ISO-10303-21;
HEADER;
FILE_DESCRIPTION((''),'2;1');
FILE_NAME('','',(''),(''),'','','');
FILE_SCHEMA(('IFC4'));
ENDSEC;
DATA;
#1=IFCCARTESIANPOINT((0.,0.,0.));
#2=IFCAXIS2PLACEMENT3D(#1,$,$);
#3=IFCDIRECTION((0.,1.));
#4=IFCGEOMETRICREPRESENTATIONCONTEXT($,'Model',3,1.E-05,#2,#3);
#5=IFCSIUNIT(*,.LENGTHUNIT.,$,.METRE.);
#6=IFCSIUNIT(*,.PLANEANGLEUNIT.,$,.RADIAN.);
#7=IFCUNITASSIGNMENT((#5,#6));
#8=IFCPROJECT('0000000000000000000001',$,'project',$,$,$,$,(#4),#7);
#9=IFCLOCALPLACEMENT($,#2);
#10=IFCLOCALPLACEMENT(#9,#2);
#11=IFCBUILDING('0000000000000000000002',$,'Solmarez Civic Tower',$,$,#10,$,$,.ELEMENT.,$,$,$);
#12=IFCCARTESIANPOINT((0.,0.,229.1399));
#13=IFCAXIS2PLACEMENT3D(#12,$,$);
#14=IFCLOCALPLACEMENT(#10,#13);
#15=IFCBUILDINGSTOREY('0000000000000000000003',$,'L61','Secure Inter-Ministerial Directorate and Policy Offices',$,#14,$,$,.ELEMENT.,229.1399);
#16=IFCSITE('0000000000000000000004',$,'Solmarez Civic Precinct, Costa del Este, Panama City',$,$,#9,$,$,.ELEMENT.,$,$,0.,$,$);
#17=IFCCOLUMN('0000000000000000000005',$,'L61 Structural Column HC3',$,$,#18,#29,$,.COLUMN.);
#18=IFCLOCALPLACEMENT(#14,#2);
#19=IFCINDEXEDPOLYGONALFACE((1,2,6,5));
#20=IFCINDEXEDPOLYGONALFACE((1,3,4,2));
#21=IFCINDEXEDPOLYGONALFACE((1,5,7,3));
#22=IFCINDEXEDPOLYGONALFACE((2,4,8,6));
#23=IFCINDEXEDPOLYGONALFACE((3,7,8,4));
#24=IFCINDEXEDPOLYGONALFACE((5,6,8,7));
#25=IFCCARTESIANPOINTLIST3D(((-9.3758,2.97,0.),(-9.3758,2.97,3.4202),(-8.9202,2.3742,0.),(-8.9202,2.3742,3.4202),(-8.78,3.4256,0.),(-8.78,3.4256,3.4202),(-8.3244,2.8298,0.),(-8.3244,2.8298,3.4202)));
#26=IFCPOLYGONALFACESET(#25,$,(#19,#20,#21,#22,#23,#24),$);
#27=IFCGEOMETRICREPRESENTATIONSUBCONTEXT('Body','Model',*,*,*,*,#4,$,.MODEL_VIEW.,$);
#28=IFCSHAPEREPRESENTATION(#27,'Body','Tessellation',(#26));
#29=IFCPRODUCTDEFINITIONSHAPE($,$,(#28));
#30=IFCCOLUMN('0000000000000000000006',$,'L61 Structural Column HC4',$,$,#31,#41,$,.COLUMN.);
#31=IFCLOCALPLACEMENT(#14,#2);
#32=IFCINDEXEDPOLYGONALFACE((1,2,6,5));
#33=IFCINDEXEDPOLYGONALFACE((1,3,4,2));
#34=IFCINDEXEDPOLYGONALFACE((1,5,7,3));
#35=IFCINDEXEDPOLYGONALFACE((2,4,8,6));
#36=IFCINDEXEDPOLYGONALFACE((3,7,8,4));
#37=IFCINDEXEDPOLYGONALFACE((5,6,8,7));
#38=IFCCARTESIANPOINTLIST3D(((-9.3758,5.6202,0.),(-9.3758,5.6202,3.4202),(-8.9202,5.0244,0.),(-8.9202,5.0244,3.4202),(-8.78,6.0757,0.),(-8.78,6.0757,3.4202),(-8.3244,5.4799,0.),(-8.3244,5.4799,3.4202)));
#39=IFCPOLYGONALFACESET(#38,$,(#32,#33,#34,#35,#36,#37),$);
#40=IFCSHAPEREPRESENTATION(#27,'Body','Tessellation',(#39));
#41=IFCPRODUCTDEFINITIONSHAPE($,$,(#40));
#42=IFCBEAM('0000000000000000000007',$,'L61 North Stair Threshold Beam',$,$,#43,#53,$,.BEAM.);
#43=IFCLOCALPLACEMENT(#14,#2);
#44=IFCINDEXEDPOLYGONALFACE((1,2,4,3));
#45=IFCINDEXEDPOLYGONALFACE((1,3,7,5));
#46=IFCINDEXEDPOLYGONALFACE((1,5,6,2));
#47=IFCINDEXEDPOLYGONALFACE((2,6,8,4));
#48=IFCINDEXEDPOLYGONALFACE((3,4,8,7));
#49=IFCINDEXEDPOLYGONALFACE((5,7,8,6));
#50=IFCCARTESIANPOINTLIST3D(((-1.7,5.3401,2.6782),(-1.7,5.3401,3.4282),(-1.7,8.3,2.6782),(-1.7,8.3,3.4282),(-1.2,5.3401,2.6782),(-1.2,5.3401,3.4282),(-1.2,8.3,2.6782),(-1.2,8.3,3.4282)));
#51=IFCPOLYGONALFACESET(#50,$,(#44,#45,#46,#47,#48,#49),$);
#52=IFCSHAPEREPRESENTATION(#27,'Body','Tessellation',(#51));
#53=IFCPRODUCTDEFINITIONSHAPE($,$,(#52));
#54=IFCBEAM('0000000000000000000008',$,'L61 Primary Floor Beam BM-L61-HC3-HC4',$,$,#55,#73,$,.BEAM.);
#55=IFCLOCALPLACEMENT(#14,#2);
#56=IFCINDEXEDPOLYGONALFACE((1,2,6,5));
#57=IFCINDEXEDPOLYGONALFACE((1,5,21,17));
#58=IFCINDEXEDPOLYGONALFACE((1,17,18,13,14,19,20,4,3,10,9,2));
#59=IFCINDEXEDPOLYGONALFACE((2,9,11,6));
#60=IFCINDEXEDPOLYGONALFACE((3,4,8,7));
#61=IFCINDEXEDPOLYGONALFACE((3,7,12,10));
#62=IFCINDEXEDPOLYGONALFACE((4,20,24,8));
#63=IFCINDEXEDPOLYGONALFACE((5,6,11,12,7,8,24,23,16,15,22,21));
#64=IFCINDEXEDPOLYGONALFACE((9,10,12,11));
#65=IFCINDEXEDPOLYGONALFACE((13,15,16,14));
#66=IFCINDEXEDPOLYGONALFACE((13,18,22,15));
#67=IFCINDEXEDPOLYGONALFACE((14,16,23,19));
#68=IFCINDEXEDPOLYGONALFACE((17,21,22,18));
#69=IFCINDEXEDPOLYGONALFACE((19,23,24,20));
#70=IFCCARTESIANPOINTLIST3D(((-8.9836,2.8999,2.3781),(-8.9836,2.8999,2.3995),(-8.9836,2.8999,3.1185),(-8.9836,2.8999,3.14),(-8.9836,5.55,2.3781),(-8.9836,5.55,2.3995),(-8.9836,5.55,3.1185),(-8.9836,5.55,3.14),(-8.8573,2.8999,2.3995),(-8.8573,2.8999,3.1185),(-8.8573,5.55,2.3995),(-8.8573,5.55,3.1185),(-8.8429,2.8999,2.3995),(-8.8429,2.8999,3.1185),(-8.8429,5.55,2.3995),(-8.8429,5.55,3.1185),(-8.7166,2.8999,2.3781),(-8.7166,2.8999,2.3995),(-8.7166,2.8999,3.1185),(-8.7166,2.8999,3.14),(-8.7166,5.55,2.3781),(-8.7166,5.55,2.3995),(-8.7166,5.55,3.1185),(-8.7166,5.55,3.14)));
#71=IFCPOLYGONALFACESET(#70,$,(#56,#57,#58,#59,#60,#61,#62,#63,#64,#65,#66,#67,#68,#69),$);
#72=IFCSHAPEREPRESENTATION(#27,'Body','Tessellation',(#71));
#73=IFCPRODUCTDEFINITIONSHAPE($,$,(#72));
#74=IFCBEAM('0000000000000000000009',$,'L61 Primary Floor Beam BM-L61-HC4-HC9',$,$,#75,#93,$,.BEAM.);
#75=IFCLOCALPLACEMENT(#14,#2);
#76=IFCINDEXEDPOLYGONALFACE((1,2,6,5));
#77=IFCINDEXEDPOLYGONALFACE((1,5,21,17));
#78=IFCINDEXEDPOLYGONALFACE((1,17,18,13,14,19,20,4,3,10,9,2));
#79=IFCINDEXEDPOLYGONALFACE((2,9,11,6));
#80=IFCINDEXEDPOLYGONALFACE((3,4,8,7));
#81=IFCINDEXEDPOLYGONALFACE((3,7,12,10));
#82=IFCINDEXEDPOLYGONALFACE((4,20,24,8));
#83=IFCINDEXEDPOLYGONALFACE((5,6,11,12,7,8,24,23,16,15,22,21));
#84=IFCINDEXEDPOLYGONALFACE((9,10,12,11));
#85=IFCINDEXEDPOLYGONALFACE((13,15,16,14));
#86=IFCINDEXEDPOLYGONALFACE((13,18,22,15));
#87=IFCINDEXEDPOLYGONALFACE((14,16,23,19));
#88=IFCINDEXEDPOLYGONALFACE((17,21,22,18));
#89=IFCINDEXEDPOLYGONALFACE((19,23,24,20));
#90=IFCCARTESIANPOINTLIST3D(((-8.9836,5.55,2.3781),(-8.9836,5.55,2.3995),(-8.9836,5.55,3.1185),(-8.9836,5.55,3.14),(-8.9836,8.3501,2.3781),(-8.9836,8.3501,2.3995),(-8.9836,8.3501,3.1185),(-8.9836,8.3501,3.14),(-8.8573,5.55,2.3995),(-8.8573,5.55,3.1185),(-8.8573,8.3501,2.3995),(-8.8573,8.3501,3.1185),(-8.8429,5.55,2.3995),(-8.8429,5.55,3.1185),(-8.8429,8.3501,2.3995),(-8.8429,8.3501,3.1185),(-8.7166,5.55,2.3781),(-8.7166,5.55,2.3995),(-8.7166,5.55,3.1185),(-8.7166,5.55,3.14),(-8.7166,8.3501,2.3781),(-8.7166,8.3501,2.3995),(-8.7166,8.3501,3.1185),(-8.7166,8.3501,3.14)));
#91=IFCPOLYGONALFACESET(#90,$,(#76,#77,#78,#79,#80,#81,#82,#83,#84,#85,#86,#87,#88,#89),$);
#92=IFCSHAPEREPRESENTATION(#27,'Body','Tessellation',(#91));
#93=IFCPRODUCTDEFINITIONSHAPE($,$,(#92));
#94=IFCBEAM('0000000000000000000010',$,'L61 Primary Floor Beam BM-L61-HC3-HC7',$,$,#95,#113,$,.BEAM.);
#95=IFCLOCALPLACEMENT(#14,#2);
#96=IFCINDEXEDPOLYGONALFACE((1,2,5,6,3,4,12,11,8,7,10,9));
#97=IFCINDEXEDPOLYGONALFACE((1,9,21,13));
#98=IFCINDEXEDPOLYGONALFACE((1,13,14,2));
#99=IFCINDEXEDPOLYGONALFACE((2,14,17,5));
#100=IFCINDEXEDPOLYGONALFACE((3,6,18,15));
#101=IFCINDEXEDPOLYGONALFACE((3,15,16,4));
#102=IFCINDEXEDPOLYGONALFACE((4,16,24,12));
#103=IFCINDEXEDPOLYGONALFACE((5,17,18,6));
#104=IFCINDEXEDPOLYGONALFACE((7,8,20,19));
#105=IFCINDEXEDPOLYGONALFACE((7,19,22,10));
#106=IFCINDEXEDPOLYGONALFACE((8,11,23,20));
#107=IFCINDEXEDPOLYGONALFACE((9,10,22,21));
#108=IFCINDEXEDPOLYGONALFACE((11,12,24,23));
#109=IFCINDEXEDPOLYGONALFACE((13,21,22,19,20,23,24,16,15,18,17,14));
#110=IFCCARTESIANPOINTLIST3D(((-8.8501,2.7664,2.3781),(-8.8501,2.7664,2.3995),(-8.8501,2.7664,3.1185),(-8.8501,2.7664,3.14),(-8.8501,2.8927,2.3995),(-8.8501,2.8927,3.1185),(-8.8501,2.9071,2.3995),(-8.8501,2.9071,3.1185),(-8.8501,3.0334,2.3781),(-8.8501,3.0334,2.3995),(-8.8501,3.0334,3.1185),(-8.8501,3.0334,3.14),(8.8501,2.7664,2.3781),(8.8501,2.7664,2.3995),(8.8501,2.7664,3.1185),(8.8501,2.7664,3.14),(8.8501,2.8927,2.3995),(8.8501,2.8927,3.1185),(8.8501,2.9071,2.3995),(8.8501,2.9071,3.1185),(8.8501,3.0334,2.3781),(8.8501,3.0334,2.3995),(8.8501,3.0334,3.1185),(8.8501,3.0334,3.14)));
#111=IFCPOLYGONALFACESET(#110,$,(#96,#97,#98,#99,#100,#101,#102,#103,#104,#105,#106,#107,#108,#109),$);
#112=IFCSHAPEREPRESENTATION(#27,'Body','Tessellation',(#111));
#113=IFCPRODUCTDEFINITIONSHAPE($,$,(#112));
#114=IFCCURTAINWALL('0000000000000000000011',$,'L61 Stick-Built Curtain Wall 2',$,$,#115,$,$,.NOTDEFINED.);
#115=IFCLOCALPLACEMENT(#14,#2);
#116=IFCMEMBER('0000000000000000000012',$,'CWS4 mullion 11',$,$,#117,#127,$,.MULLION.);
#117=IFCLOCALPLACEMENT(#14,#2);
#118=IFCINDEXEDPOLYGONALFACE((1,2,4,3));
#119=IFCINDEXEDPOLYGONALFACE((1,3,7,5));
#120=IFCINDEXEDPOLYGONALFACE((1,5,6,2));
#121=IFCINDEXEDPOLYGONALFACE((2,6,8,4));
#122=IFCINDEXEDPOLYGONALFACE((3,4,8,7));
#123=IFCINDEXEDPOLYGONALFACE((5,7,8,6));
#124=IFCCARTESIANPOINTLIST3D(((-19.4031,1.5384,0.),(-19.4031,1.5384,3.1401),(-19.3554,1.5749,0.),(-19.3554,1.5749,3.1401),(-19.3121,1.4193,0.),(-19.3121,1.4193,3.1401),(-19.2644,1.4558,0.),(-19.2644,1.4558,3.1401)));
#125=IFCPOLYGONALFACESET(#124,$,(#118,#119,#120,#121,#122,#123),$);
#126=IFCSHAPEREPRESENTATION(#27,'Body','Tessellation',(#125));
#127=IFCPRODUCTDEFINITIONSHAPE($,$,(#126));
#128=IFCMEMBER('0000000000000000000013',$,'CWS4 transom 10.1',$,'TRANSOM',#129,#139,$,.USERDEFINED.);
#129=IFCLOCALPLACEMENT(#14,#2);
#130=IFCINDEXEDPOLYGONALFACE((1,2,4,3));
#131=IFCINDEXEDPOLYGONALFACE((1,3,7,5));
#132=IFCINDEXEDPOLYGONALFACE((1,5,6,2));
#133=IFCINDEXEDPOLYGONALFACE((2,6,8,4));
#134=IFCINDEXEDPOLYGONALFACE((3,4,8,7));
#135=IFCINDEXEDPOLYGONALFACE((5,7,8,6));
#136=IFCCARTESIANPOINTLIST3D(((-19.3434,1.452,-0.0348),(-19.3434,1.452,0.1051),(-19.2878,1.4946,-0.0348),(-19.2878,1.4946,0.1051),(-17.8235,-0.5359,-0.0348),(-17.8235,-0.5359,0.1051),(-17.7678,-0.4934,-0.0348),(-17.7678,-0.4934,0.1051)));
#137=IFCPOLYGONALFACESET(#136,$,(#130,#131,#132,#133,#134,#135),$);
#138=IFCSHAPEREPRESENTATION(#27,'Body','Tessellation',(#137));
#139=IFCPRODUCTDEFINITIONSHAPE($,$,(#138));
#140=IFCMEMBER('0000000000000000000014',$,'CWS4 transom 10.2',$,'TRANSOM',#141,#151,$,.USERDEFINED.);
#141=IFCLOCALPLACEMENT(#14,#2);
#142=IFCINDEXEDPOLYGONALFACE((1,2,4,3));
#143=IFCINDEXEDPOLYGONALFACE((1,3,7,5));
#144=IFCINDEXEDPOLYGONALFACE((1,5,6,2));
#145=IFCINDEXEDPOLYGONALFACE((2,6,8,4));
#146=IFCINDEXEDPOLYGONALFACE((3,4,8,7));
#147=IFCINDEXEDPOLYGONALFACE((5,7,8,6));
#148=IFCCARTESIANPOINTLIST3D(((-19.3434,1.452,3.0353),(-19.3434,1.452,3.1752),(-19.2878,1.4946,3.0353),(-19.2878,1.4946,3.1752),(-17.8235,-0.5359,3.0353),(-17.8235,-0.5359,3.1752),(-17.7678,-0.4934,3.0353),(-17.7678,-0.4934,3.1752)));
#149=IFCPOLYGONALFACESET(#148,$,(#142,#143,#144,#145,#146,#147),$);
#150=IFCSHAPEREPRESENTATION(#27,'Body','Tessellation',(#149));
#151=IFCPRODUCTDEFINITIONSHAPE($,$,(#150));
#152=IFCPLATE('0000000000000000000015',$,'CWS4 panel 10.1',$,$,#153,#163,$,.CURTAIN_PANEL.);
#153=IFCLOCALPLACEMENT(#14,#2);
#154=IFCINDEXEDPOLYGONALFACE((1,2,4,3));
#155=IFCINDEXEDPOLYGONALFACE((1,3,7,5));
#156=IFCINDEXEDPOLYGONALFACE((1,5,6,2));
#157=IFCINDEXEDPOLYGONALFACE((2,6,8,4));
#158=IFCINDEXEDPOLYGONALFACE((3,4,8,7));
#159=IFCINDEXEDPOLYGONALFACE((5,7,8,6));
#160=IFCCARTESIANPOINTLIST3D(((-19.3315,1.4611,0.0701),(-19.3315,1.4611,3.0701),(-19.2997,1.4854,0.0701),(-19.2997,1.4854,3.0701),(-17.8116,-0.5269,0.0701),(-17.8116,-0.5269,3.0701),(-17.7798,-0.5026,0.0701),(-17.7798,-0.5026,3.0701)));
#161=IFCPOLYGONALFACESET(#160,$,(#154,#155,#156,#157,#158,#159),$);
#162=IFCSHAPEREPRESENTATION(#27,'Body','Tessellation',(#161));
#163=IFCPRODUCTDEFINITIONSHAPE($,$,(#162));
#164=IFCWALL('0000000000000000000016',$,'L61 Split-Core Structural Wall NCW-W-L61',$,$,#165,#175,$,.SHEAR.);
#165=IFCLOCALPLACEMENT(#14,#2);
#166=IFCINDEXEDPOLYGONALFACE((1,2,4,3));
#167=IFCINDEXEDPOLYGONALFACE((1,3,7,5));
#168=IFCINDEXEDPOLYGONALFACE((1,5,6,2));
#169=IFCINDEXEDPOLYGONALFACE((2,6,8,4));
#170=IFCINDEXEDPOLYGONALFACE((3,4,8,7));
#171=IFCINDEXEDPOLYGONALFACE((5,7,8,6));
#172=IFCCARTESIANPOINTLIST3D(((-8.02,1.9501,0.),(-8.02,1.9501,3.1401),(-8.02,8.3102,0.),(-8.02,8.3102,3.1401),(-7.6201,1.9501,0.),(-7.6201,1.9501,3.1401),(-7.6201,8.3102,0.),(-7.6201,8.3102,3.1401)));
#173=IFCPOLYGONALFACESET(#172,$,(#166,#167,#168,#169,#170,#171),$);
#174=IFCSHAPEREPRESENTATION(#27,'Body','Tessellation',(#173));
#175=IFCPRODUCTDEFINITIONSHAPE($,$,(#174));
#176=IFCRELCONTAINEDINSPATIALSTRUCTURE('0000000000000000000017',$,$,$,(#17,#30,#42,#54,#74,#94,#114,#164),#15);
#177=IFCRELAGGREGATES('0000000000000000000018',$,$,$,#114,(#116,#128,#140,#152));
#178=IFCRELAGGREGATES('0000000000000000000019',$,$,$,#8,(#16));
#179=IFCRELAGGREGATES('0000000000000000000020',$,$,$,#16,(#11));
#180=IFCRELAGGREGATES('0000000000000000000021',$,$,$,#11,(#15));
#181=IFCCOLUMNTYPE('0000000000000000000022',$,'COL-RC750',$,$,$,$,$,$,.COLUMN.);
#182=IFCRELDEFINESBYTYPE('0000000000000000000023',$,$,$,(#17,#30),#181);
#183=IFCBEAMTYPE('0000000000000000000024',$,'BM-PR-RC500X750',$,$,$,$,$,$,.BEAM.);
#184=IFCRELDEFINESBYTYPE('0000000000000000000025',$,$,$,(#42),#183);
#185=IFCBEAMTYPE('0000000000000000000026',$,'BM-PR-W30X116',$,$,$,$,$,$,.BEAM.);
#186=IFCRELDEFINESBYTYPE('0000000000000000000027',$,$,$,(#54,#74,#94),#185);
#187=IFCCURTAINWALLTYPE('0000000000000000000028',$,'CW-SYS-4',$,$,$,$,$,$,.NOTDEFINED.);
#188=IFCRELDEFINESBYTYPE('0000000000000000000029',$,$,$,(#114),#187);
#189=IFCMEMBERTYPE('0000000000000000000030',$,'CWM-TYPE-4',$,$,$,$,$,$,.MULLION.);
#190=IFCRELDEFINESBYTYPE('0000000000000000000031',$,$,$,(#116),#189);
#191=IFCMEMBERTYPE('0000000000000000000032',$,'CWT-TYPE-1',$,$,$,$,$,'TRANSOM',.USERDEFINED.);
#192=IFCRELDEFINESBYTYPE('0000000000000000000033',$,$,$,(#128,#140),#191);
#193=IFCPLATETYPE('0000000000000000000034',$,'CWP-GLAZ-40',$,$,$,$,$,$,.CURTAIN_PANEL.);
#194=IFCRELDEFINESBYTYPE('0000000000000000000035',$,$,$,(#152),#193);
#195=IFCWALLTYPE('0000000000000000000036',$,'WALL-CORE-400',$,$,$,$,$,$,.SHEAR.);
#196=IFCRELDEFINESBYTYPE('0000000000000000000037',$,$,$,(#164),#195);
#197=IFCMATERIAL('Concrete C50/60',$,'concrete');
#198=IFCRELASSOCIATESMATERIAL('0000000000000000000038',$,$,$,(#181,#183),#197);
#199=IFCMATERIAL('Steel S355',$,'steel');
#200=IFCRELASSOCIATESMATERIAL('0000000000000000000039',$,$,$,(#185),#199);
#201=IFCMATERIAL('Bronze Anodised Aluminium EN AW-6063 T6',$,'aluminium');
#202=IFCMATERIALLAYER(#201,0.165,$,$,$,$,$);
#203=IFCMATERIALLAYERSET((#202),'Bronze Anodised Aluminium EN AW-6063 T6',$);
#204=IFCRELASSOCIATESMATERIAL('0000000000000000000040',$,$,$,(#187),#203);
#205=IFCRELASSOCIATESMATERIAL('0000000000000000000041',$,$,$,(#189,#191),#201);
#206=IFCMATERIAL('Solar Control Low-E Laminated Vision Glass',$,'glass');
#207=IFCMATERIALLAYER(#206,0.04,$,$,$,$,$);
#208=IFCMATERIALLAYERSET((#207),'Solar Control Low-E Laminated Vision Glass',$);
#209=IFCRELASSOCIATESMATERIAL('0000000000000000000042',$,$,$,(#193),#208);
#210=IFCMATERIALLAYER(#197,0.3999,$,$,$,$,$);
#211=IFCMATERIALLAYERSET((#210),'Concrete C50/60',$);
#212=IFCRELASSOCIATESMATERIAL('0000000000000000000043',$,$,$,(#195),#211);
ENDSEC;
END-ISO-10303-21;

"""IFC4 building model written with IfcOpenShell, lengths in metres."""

from ifc_helpers import new_model, si_unit, direction, frame, frame_2d, origin, origin_2d, place, context, subcontext, project, spatial, rectangle, i_section, extrude, material, layer, layer_set, material_profile, profile_set, type_object, element, aggregate, save


model = new_model("IFC4")

# Units and contexts
model_context = context("Model", 3, precision=1e-05, world=origin(), true_north=direction((0.0, 1.0)))
body_context = subcontext(model_context, "Body", "Model", "MODEL_VIEW")
ifc_project = project(units=[si_unit("LENGTHUNIT", "METRE"), si_unit("PLANEANGLEUNIT", "RADIAN")], contexts=[model_context])

# Site, building, storey
site_placement = place(None, origin())
site = spatial("IfcSite", under=ifc_project, at=site_placement, Name="Solmarez Civic Precinct, Costa del Este, Panama City", CompositionType="ELEMENT", RefElevation=0.0)
building_placement = place(site_placement, origin())
building = spatial("IfcBuilding", under=site, at=building_placement, Name="Solmarez Civic Tower", CompositionType="ELEMENT")
storey_placement = place(building_placement, frame((0.0, 0.0, 229.1399)))
storey = spatial("IfcBuildingStorey", under=building, at=storey_placement, Name="L61", Description="Secure Inter-Ministerial Directorate and Policy Offices", CompositionType="ELEMENT", Elevation=229.1399)

# Columns
ifc_material_1 = material(Name="Concrete C50/60", Category="concrete")
ifc_material_profile_1 = material_profile(ifc_material_1, rectangle(XDim=0.75, YDim=0.75, at=origin_2d()), Name="RC750X750")
ifc_profile_set_1 = profile_set([ifc_material_profile_1], Name="Concrete C50/60")
column_type = type_object("IfcColumnType", Name="COL-RC750", PredefinedType="COLUMN", material=ifc_profile_set_1)
for number, where, z_axis, x_axis, name in (
    (1, (-8.8501, 2.8999, 0.0), (0.0, 0.0, 1.0), (0.794415, 0.607376, 0.0), "L61 Structural Column HC3"),
    (2, (-8.8501, 5.55, 0.0), (0.0, 0.0, 1.0), (0.794415, 0.607376, 0.0), "L61 Structural Column HC4"),
):
    element("IfcColumn", number, at=place(storey_placement, frame(where, z_axis=z_axis, x_axis=x_axis)), inside=storey, type_object=column_type, Name=name, PredefinedType="COLUMN", context=body_context, shape_type="SweptSolid", body=[
        extrude(rectangle(XDim=0.75, YDim=0.75, at=origin_2d()), origin(), (0.0, 0.0, 1.0), 3.4202),
    ])

# Beams
ifc_material_profile_2 = material_profile(ifc_material_1, rectangle(XDim=0.5, YDim=0.75, at=origin_2d()), Name="RC500X750")
ifc_profile_set_2 = profile_set([ifc_material_profile_2], Name="Concrete C50/60")
beam_type_1 = type_object("IfcBeamType", Name="BM-PR-RC500X750", PredefinedType="BEAM", material=ifc_profile_set_2)
beam_1_placement = place(storey_placement, frame((-1.45, 5.3401, 3.0532), z_axis=(0.0, 1.0, 0.0), x_axis=(-1.0, 0.0, 0.0)))
element("IfcBeam", 3, at=beam_1_placement, inside=storey, type_object=beam_type_1, Name="L61 North Stair Threshold Beam", PredefinedType="BEAM", context=body_context, shape_type="SweptSolid", body=[
    extrude(rectangle(XDim=0.5, YDim=0.75, at=origin_2d()), origin(), (0.0, 0.0, 1.0), 2.96),
])
ifc_material_2 = material(Name="Steel S355", Category="steel")
ifc_material_profile_3 = material_profile(ifc_material_2, i_section(OverallWidth=0.2671, OverallDepth=0.762, WebThickness=0.0144, FlangeThickness=0.0215, at=origin_2d()), Name="W30X116")
ifc_profile_set_3 = profile_set([ifc_material_profile_3], Name="Steel S355")
beam_type_2 = type_object("IfcBeamType", Name="BM-PR-W30X116", PredefinedType="BEAM", material=ifc_profile_set_3)
beam_2_placement = place(storey_placement, frame((-8.8501, 2.8999, 2.759), z_axis=(0.0, 1.0, 0.0), x_axis=(-1.0, 0.0, 0.0)))
element("IfcBeam", 4, at=beam_2_placement, inside=storey, type_object=beam_type_2, Name="L61 Primary Floor Beam BM-L61-HC3-HC4", PredefinedType="BEAM", context=body_context, shape_type="SweptSolid", body=[
    extrude(i_section(OverallWidth=0.2671, OverallDepth=0.762, WebThickness=0.0144, FlangeThickness=0.0215, at=origin_2d()), origin(), (0.0, 0.0, 1.0), 2.6501),
])
beam_3_placement = place(storey_placement, frame((-8.8501, 5.55, 2.759), z_axis=(0.0, 1.0, 0.0), x_axis=(-1.0, 0.0, 0.0)))
element("IfcBeam", 5, at=beam_3_placement, inside=storey, type_object=beam_type_2, Name="L61 Primary Floor Beam BM-L61-HC4-HC9", PredefinedType="BEAM", context=body_context, shape_type="SweptSolid", body=[
    extrude(i_section(OverallWidth=0.2671, OverallDepth=0.762, WebThickness=0.0144, FlangeThickness=0.0215, at=origin_2d()), origin(), (0.0, 0.0, 1.0), 2.8),
])
beam_4_placement = place(storey_placement, frame((-8.8501, 2.8999, 2.759), z_axis=(1.0, 0.0, 0.0), x_axis=(0.0, 1.0, 0.0)))
element("IfcBeam", 6, at=beam_4_placement, inside=storey, type_object=beam_type_2, Name="L61 Primary Floor Beam BM-L61-HC3-HC7", PredefinedType="BEAM", context=body_context, shape_type="SweptSolid", body=[
    extrude(i_section(OverallWidth=0.2671, OverallDepth=0.762, WebThickness=0.0144, FlangeThickness=0.0215, at=origin_2d()), origin(), (0.0, 0.0, 1.0), 17.7002),
])

# Curtain wall, members, plate
ifc_material_3 = material(Name="Bronze Anodised Aluminium EN AW-6063 T6", Category="aluminium")
ifc_layer_1 = layer(ifc_material_3, 0.165)
ifc_layer_set_1 = layer_set([ifc_layer_1], Name="Bronze Anodised Aluminium EN AW-6063 T6")
curtain_wall_type = type_object("IfcCurtainWallType", Name="CW-SYS-4", PredefinedType="NOTDEFINED", material=ifc_layer_set_1)
curtain_wall_placement = place(storey_placement, origin())
curtain_wall = element("IfcCurtainWall", 7, at=curtain_wall_placement, inside=storey, type_object=curtain_wall_type, Name="L61 Stick-Built Curtain Wall 2", PredefinedType="NOTDEFINED")
ifc_material_profile_4 = material_profile(ifc_material_3, rectangle(XDim=0.0601, YDim=0.1499, at=origin_2d()), Name="CWM-60X150")
ifc_profile_set_4 = profile_set([ifc_material_profile_4], Name="Bronze Anodised Aluminium EN AW-6063 T6")
member_type_1 = type_object("IfcMemberType", Name="CWM-TYPE-4", PredefinedType="MULLION", material=ifc_profile_set_4)
member_1_placement = place(storey_placement, frame((-19.3337, 1.4971, 0.0), z_axis=(0.0, 0.0, 1.0), x_axis=(-0.794434, -0.60735, 0.0)))
member_1 = element("IfcMember", 8, at=member_1_placement, type_object=member_type_1, Name="CWS4 mullion 11", PredefinedType="MULLION", context=body_context, shape_type="SweptSolid", body=[
    extrude(rectangle(XDim=0.0601, YDim=0.1499, at=origin_2d()), origin(), (0.0, 0.0, 1.0), 3.1401),
])
ifc_material_profile_5 = material_profile(ifc_material_3, rectangle(XDim=0.0701, YDim=0.1399, at=origin_2d()), Name="CWT-70X140")
ifc_profile_set_5 = profile_set([ifc_material_profile_5], Name="Bronze Anodised Aluminium EN AW-6063 T6")
member_type_2 = type_object("IfcMemberType", Name="CWT-TYPE-1", ElementType="TRANSOM", PredefinedType="USERDEFINED", material=ifc_profile_set_5)
member_2_placement = place(storey_placement, frame((-17.7957, -0.5146, 0.0352), z_axis=(-0.607389, 0.794405, 0.0), x_axis=(-0.794405, -0.607389, 0.0)))
member_2 = element("IfcMember", 9, at=member_2_placement, type_object=member_type_2, Name="CWS4 transom 10.1", ObjectType="TRANSOM", PredefinedType="USERDEFINED", context=body_context, shape_type="SweptSolid", body=[
    extrude(rectangle(XDim=0.0701, YDim=0.1399, at=origin_2d()), origin(), (0.0, 0.0, 1.0), 2.5024),
])
member_3_placement = place(storey_placement, frame((-17.7957, -0.5146, 3.1052), z_axis=(-0.607389, 0.794405, 0.0), x_axis=(-0.794405, -0.607389, 0.0)))
member_3 = element("IfcMember", 10, at=member_3_placement, type_object=member_type_2, Name="CWS4 transom 10.2", ObjectType="TRANSOM", PredefinedType="USERDEFINED", context=body_context, shape_type="SweptSolid", body=[
    extrude(rectangle(XDim=0.0701, YDim=0.1399, at=origin_2d()), origin(), (0.0, 0.0, 1.0), 2.5024),
])
ifc_material_4 = material(Name="Solar Control Low-E Laminated Vision Glass", Category="glass")
ifc_layer_2 = layer(ifc_material_4, 0.04)
ifc_layer_set_2 = layer_set([ifc_layer_2], Name="Solar Control Low-E Laminated Vision Glass")
plate_type = type_object("IfcPlateType", Name="CWP-GLAZ-40", PredefinedType="CURTAIN_PANEL", material=ifc_layer_set_2)
plate_placement = place(storey_placement, frame((-18.5557, 0.4792, 0.0701), z_axis=(0.0, 0.0, 1.0), x_axis=(-0.60735, 0.794434, 0.0)))
plate = element("IfcPlate", 11, at=plate_placement, type_object=plate_type, Name="CWS4 panel 10.1", PredefinedType="CURTAIN_PANEL", context=body_context, shape_type="SweptSolid", body=[
    extrude(rectangle(XDim=2.5024, YDim=0.04, at=origin_2d()), origin(), (0.0, 0.0, 1.0), 3.0),
])
aggregate(curtain_wall, [member_1, member_2, member_3, plate])

# Wall
ifc_layer_3 = layer(ifc_material_1, 0.3999)
ifc_layer_set_3 = layer_set([ifc_layer_3], Name="Concrete C50/60")
wall_type_1 = type_object("IfcWallType", Name="WALL-CORE-400", PredefinedType="SHEAR", material=ifc_layer_set_3)
wall_1_placement = place(storey_placement, frame((-7.8201, 1.95, 0.0), z_axis=(0.0, 0.0, 1.0), x_axis=(0.0, 1.0, 0.0)))
element("IfcWall", 12, at=wall_1_placement, inside=storey, type_object=wall_type_1, Name="L61 Split-Core Structural Wall NCW-W-L61", PredefinedType="SHEAR", context=body_context, shape_type="SweptSolid", body=[
    extrude(rectangle(XDim=6.3601, YDim=0.3999, at=frame_2d((3.1802, 0.0))), origin(), (0.0, 0.0, 1.0), 3.1401),
])

save(model, "model.ifc")
